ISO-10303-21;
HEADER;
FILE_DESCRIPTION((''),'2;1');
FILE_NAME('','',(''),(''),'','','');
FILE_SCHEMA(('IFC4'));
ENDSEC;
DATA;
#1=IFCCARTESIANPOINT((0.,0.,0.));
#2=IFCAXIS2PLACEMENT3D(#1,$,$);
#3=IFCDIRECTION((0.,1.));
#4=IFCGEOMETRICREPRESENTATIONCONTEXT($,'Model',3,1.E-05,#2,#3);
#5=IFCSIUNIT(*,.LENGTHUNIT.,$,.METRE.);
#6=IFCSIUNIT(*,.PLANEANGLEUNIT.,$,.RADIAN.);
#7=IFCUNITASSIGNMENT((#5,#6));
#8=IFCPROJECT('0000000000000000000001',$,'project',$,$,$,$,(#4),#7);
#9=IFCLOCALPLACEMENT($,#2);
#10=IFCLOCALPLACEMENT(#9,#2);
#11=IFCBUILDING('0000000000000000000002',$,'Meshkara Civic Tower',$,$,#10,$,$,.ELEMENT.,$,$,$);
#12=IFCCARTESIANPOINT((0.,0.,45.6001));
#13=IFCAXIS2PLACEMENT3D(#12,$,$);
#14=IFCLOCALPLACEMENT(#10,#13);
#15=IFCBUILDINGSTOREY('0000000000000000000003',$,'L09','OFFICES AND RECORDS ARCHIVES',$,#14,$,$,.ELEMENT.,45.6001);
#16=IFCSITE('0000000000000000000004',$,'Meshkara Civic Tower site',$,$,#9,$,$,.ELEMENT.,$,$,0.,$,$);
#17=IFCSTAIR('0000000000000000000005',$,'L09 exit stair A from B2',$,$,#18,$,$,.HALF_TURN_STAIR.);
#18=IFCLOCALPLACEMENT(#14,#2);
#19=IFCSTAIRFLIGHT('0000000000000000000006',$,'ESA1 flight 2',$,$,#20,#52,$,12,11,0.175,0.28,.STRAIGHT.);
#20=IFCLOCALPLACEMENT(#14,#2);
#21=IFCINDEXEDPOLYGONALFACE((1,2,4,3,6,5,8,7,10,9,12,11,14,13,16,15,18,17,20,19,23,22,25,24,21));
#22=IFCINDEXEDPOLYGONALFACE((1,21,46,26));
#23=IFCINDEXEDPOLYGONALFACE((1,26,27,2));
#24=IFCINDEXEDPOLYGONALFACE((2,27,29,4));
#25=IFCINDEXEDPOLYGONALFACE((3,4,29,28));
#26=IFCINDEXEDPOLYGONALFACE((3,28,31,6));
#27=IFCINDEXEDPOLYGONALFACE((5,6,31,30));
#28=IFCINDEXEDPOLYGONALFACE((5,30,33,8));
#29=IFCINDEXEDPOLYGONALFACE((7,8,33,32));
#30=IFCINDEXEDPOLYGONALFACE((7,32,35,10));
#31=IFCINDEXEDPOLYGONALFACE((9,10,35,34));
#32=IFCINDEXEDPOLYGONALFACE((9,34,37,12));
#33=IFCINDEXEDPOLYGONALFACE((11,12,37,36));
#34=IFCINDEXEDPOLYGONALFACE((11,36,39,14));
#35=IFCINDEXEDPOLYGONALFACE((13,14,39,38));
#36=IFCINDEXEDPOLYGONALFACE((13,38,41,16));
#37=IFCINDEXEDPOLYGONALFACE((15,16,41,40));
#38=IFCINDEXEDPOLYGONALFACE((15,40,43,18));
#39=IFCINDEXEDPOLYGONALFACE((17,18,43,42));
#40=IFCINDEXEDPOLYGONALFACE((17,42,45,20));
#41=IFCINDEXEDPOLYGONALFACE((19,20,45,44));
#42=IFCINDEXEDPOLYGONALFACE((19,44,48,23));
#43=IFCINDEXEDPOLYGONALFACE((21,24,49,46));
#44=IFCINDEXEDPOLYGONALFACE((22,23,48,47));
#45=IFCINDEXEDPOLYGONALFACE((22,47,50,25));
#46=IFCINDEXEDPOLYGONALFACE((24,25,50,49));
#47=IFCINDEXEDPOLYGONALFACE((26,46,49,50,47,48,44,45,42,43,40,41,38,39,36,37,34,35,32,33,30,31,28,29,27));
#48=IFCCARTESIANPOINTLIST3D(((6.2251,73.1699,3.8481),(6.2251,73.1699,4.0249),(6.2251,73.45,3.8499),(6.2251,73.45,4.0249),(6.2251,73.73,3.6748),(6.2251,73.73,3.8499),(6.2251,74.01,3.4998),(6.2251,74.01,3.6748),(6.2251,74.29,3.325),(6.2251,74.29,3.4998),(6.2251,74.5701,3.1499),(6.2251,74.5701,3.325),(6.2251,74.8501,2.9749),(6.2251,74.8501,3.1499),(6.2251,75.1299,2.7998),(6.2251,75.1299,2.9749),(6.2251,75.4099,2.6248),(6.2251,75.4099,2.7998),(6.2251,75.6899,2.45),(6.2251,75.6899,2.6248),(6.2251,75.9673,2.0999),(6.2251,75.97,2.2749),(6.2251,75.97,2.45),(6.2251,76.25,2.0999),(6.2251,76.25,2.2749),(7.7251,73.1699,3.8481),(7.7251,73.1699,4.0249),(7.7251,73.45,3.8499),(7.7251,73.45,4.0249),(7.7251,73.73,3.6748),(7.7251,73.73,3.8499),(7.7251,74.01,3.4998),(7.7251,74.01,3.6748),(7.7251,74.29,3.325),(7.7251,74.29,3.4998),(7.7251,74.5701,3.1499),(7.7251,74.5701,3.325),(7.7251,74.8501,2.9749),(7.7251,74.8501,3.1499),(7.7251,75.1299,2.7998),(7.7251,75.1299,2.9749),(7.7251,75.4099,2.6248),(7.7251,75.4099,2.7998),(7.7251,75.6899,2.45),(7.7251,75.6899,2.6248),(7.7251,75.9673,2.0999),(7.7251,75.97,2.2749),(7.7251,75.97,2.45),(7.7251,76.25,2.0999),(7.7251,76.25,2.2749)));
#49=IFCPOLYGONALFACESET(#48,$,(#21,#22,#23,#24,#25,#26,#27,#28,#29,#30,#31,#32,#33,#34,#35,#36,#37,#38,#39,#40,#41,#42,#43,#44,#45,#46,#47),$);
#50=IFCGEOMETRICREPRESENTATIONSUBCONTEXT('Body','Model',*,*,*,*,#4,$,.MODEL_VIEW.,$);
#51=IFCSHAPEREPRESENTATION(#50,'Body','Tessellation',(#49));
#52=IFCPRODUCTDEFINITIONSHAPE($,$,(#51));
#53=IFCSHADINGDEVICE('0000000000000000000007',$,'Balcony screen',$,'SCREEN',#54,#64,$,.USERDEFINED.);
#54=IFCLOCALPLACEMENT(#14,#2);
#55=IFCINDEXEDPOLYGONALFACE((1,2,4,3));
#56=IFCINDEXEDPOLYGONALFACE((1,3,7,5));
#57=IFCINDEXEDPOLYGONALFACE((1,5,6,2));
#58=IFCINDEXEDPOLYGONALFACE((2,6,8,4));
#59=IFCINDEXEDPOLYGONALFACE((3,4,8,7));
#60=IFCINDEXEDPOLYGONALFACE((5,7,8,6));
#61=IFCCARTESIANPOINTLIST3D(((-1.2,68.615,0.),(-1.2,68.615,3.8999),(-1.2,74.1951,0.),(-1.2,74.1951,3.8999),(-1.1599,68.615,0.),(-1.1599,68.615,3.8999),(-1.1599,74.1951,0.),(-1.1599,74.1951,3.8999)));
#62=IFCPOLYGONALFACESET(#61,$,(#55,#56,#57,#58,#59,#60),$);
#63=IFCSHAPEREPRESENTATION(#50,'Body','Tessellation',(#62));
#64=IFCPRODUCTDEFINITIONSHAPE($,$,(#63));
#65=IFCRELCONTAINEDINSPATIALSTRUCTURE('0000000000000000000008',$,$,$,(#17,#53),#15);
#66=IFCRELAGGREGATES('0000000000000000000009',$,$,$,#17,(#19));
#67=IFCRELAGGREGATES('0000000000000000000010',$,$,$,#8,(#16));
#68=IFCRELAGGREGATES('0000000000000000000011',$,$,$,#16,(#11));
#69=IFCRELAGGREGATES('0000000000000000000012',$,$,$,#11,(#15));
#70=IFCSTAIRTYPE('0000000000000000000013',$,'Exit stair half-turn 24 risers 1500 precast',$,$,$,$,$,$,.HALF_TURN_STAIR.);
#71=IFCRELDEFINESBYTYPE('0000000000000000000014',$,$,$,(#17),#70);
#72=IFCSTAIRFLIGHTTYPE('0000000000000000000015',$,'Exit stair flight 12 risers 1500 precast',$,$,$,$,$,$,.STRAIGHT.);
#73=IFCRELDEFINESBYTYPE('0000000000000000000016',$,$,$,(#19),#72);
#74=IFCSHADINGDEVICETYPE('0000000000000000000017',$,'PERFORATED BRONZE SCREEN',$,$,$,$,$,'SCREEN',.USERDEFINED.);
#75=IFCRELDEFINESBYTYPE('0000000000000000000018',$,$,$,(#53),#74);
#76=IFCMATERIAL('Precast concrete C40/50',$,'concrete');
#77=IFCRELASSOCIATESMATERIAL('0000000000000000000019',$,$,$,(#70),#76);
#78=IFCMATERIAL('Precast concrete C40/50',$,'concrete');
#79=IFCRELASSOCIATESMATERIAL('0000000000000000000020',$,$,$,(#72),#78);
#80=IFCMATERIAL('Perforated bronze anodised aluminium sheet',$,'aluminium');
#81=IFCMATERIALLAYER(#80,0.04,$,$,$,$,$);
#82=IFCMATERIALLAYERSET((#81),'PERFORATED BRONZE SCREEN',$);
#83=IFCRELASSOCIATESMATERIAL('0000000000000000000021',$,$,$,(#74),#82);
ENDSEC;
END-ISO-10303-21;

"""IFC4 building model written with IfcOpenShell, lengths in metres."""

from ifc_helpers import new_model, si_unit, direction, frame, origin, origin_2d, place, context, subcontext, project, spatial, polyline, rectangle, outline, extrude, material, layer, layer_set, type_object, element, aggregate, save


model = new_model("IFC4")

# Units and contexts
model_context = context("Model", 3, precision=1e-05, world=origin(), true_north=direction((0.0, 1.0)))
body_context = subcontext(model_context, "Body", "Model", "MODEL_VIEW")
ifc_project = project(units=[si_unit("LENGTHUNIT", "METRE"), si_unit("PLANEANGLEUNIT", "RADIAN")], contexts=[model_context])

# Site, building, storey
site_placement = place(None, origin())
site = spatial("IfcSite", under=ifc_project, at=site_placement, Name="Meshkara Civic Tower site", CompositionType="ELEMENT", RefElevation=0.0)
building_placement = place(site_placement, origin())
building = spatial("IfcBuilding", under=site, at=building_placement, Name="Meshkara Civic Tower", CompositionType="ELEMENT")
storey_placement = place(building_placement, frame((0.0, 0.0, 45.6001)))
storey = spatial("IfcBuildingStorey", under=building, at=storey_placement, Name="L09", Description="OFFICES AND RECORDS ARCHIVES", CompositionType="ELEMENT", Elevation=45.6001)

# Stair, stair flight
ifc_material_1 = material(Name="Precast concrete C40/50", Category="concrete")
stair_type = type_object("IfcStairType", Name="Exit stair half-turn 24 risers 1500 precast", PredefinedType="HALF_TURN_STAIR", material=ifc_material_1)
stair_placement = place(storey_placement, origin())
stair = element("IfcStair", 1, at=stair_placement, inside=storey, type_object=stair_type, Name="L09 exit stair A from B2", PredefinedType="HALF_TURN_STAIR")
ifc_material_2 = material(Name="Precast concrete C40/50", Category="concrete")
stair_flight_type = type_object("IfcStairFlightType", Name="Exit stair flight 12 risers 1500 precast", PredefinedType="STRAIGHT", material=ifc_material_2)
stair_flight_placement = place(storey_placement, frame((6.9751, 76.25, 2.0999), z_axis=(0.0, 0.0, 1.0), x_axis=(0.0, -1.0, 0.0)))
stair_flight = element("IfcStairFlight", 2, at=stair_flight_placement, type_object=stair_flight_type, Name="ESA1 flight 2", NumberOfRisers=12, NumberOfTreads=11, PredefinedType="STRAIGHT", RiserHeight=0.175, TreadLength=0.28, context=body_context, shape_type="SweptSolid", body=[
    extrude(outline(polyline([(0.0, 0.0), (0.0, 0.175), (0.28, 0.175), (0.28, 0.3501), (0.5601, 0.3501), (0.5601, 0.5249), (0.8401, 0.5249), (0.8401, 0.7), (1.1201, 0.7), (1.1201, 0.875), (1.3999, 0.875), (1.3999, 1.05), (1.6799, 1.05), (1.6799, 1.2251), (1.96, 1.2251), (1.96, 1.3999), (2.24, 1.3999), (2.24, 1.575), (2.52, 1.575), (2.52, 1.75), (2.8, 1.75), (2.8, 1.925), (3.0801, 1.925), (3.0801, 2.1001), (3.0801, 1.7483), (0.2827, 0.0), (0.0, 0.0)])), frame((0.0, 0.75, 0.0), z_axis=(0.0, -1.0, 0.0), x_axis=(1.0, 0.0, 0.0)), (0.0, 0.0, 1.0), 1.5),
])
aggregate(stair, [stair_flight])

# Shading device
ifc_material_3 = material(Name="Perforated bronze anodised aluminium sheet", Category="aluminium")
ifc_layer_1 = layer(ifc_material_3, 0.04)
ifc_layer_set_1 = layer_set([ifc_layer_1], Name="PERFORATED BRONZE SCREEN")
shading_device_type = type_object("IfcShadingDeviceType", Name="PERFORATED BRONZE SCREEN", ElementType="SCREEN", PredefinedType="USERDEFINED", material=ifc_layer_set_1)
shading_device_placement = place(storey_placement, frame((-1.1799, 71.405, 0.0), z_axis=(0.0, 0.0, 1.0), x_axis=(0.0, -1.0, 0.0)))
element("IfcShadingDevice", 3, at=shading_device_placement, inside=storey, type_object=shading_device_type, Name="Balcony screen", ObjectType="SCREEN", PredefinedType="USERDEFINED", context=body_context, shape_type="SweptSolid", body=[
    extrude(rectangle(XDim=5.5801, YDim=0.04, at=origin_2d()), origin(), (0.0, 0.0, 1.0), 3.8999),
])

save(model, "model.ifc")
